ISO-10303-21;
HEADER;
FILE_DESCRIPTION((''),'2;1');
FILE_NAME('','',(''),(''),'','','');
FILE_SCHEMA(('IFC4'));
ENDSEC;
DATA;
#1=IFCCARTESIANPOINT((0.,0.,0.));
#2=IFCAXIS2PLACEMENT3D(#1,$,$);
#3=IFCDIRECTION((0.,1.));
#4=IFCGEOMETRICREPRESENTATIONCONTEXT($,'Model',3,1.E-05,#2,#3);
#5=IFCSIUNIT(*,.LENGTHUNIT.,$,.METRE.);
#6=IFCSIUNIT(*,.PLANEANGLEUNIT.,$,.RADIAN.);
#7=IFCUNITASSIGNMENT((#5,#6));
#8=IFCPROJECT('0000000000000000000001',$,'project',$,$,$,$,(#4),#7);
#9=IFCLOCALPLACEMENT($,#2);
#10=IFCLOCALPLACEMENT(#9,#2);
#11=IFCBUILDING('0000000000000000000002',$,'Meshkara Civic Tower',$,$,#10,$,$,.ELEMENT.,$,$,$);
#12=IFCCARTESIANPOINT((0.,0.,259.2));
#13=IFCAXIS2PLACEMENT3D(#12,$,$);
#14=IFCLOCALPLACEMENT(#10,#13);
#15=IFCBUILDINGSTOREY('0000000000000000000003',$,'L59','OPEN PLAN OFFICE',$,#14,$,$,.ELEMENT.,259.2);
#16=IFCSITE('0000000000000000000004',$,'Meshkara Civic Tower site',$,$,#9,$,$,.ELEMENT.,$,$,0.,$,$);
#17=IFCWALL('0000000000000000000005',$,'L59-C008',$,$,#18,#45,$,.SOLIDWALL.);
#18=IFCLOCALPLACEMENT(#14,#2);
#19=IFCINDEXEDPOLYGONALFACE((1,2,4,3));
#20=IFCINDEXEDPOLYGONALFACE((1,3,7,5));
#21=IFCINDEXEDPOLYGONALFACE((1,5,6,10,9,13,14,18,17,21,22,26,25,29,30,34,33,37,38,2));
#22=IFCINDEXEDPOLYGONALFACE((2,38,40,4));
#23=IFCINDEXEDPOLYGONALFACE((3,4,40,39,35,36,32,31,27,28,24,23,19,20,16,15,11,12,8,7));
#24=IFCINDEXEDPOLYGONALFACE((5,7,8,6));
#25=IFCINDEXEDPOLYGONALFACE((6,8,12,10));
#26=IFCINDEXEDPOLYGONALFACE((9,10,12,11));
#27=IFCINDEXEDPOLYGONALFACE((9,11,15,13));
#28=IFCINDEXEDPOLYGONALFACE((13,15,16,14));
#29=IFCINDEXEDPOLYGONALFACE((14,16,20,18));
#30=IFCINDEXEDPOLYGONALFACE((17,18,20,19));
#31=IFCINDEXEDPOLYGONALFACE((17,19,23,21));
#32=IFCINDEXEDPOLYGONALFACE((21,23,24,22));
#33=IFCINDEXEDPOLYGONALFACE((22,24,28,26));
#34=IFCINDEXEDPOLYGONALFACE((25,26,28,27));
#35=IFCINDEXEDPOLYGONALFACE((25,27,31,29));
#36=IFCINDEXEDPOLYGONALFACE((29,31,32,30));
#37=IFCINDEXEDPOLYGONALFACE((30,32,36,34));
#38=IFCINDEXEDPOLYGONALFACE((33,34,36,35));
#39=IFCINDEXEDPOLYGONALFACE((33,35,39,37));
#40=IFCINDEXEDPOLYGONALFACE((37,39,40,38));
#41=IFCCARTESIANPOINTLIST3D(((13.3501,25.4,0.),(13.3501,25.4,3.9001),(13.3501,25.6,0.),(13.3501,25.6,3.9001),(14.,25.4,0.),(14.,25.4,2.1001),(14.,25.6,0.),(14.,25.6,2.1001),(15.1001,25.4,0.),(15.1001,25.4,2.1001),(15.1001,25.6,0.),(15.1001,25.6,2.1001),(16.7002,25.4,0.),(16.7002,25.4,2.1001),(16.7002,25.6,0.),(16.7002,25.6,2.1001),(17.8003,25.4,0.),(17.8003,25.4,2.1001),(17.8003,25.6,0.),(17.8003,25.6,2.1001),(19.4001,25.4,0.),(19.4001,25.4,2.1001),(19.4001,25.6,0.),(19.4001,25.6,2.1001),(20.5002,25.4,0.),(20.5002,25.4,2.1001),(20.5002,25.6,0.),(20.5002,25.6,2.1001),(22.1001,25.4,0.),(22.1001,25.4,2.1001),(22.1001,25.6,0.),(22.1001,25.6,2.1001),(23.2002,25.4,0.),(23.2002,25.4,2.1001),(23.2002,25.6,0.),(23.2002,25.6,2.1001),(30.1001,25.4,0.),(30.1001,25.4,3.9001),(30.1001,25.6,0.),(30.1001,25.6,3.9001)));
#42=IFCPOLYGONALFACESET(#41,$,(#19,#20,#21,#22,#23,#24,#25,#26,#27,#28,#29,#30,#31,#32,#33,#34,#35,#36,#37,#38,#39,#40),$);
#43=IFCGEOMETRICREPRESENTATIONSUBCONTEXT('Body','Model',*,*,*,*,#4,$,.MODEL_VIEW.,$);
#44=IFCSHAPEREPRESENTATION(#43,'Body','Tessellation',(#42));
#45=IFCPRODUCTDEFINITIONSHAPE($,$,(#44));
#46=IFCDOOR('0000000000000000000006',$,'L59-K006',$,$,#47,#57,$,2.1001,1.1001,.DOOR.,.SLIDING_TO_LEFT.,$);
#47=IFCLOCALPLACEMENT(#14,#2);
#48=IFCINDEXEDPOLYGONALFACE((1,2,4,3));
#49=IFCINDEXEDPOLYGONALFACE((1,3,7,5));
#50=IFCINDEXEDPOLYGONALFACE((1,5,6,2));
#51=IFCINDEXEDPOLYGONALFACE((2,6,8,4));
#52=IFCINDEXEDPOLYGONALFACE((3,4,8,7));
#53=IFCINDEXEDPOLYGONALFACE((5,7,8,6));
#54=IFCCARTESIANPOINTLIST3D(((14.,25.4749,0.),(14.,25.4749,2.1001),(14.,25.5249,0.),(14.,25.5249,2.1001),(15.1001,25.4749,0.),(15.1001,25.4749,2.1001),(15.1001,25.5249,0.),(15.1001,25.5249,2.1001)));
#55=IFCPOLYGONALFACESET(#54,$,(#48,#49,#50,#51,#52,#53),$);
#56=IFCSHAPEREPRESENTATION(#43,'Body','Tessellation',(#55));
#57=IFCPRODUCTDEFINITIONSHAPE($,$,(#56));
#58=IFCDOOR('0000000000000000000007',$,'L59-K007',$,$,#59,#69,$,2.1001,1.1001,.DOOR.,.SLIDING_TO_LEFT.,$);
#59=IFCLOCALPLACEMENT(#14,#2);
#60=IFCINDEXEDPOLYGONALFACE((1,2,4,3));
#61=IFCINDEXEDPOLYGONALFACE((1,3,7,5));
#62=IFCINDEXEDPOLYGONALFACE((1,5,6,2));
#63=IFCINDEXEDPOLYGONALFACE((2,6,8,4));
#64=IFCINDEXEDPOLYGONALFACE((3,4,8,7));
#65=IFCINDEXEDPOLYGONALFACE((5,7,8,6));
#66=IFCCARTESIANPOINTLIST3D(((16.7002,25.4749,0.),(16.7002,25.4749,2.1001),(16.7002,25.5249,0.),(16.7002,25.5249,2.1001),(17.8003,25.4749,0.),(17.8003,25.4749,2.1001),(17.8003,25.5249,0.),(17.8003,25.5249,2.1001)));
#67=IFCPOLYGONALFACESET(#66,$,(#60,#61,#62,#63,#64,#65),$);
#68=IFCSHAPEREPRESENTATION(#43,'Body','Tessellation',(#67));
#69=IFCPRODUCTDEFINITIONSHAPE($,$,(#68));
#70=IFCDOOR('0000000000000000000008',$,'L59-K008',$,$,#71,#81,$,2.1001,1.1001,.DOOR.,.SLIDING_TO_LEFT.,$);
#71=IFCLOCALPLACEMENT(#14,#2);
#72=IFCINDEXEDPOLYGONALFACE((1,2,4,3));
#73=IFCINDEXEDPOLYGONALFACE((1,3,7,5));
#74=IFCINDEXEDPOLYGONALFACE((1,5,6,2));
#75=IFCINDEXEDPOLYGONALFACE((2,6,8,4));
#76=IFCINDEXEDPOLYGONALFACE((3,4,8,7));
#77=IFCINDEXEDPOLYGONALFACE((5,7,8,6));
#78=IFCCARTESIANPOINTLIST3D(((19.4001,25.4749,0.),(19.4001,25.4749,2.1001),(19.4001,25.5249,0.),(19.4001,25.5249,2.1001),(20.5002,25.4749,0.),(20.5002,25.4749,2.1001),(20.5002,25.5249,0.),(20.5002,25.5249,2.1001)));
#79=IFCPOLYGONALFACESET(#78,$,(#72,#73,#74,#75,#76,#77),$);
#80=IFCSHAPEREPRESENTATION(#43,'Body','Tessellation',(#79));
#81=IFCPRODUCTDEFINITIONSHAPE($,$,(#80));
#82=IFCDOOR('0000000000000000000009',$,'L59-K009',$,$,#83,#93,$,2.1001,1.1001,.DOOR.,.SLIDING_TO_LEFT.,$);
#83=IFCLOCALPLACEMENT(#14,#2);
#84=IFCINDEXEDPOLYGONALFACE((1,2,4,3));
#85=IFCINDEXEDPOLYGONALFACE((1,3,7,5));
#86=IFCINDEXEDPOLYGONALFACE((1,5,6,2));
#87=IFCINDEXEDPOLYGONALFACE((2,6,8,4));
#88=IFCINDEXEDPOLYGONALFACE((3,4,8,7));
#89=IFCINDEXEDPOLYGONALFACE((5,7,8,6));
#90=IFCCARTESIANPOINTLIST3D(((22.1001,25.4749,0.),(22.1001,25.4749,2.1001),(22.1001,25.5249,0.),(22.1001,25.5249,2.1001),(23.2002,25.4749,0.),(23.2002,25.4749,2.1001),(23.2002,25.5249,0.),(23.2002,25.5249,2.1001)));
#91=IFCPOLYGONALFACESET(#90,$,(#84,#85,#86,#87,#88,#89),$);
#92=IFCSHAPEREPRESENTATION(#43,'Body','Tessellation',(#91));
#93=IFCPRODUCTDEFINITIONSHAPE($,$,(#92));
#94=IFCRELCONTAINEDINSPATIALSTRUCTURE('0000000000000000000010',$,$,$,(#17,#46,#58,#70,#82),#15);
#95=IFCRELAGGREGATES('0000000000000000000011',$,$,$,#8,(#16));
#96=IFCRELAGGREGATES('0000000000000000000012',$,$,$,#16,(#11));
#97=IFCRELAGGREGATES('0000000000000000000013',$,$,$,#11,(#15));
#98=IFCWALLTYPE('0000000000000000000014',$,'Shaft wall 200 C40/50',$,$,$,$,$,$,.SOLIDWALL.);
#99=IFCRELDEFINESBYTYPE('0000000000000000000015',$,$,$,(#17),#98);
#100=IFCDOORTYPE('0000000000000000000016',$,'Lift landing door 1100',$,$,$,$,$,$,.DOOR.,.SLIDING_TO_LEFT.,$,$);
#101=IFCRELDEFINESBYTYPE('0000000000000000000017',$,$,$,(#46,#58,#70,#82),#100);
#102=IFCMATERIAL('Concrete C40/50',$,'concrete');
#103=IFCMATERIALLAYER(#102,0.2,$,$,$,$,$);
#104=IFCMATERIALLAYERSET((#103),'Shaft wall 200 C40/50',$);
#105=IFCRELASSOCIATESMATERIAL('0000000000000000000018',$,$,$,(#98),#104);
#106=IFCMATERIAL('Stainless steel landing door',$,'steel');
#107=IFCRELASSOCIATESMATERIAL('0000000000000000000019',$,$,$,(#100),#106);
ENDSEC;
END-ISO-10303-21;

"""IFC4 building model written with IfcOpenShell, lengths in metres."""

from ifc_helpers import new_model, si_unit, direction, frame, frame_2d, origin, place, context, subcontext, project, spatial, rectangle, extrude, material, layer, layer_set, type_object, element, fill, save


model = new_model("IFC4")

# Units and contexts
model_context = context("Model", 3, precision=1e-05, world=origin(), true_north=direction((0.0, 1.0)))
body_context = subcontext(model_context, "Body", "Model", "MODEL_VIEW")
ifc_project = project(units=[si_unit("LENGTHUNIT", "METRE"), si_unit("PLANEANGLEUNIT", "RADIAN")], contexts=[model_context])

# Site, building, storey
site_placement = place(None, origin())
site = spatial("IfcSite", under=ifc_project, at=site_placement, Name="Meshkara Civic Tower site", CompositionType="ELEMENT", RefElevation=0.0)
building_placement = place(site_placement, origin())
building = spatial("IfcBuilding", under=site, at=building_placement, Name="Meshkara Civic Tower", CompositionType="ELEMENT")
storey_placement = place(building_placement, frame((0.0, 0.0, 259.2)))
storey = spatial("IfcBuildingStorey", under=building, at=storey_placement, Name="L59", Description="OPEN PLAN OFFICE", CompositionType="ELEMENT", Elevation=259.2)

# Wall, openings, doors
ifc_material_1 = material(Name="Concrete C40/50", Category="concrete")
ifc_layer_1 = layer(ifc_material_1, 0.2)
ifc_layer_set_1 = layer_set([ifc_layer_1], Name="Shaft wall 200 C40/50")
wall_type_1 = type_object("IfcWallType", Name="Shaft wall 200 C40/50", PredefinedType="SOLIDWALL", material=ifc_layer_set_1)
ifc_material_2 = material(Name="Stainless steel landing door", Category="steel")
door_type_1 = type_object("IfcDoorType", Name="Lift landing door 1100", OperationType="SLIDING_TO_LEFT", PredefinedType="DOOR", material=ifc_material_2)
wall_1_placement = place(storey_placement, frame((13.3501, 25.5, 0.0), z_axis=(0.0, 0.0, 1.0), x_axis=(1.0, 0.0, 0.0)))
wall_1 = element("IfcWall", 1, at=wall_1_placement, inside=storey, type_object=wall_type_1, Name="L59-C008", PredefinedType="SOLIDWALL", context=body_context, shape_type="SweptSolid", body=[
    extrude(rectangle(XDim=16.75, YDim=0.2, at=frame_2d((8.375, 0.0))), origin(), (0.0, 0.0, 1.0), 3.9001),
])
opening_1_placement = place(wall_1_placement, frame((0.6499, 0.0, 0.0)))
opening_1 = element("IfcOpeningElement", 2, at=opening_1_placement, cuts=wall_1, PredefinedType="OPENING", context=body_context, shape_type="SweptSolid", body=[
    extrude(rectangle(XDim=1.1001, YDim=2.1001, at=frame_2d((0.55, 1.05))), frame((0.0, 0.1099, 0.0), z_axis=(0.0, -1.0, 0.0), x_axis=(1.0, 0.0, 0.0)), (0.0, 0.0, 1.0), 0.22),
])
opening_2_placement = place(wall_1_placement, frame((3.3501, 0.0, 0.0)))
opening_2 = element("IfcOpeningElement", 3, at=opening_2_placement, cuts=wall_1, PredefinedType="OPENING", context=body_context, shape_type="SweptSolid", body=[
    extrude(rectangle(XDim=1.1001, YDim=2.1001, at=frame_2d((0.55, 1.05))), frame((0.0, 0.1099, 0.0), z_axis=(0.0, -1.0, 0.0), x_axis=(1.0, 0.0, 0.0)), (0.0, 0.0, 1.0), 0.22),
])
opening_3_placement = place(wall_1_placement, frame((6.05, 0.0, 0.0)))
opening_3 = element("IfcOpeningElement", 4, at=opening_3_placement, cuts=wall_1, PredefinedType="OPENING", context=body_context, shape_type="SweptSolid", body=[
    extrude(rectangle(XDim=1.1001, YDim=2.1001, at=frame_2d((0.55, 1.05))), frame((0.0, 0.1099, 0.0), z_axis=(0.0, -1.0, 0.0), x_axis=(1.0, 0.0, 0.0)), (0.0, 0.0, 1.0), 0.22),
])
opening_4_placement = place(wall_1_placement, frame((8.75, 0.0, 0.0)))
opening_4 = element("IfcOpeningElement", 5, at=opening_4_placement, cuts=wall_1, PredefinedType="OPENING", context=body_context, shape_type="SweptSolid", body=[
    extrude(rectangle(XDim=1.1001, YDim=2.1001, at=frame_2d((0.55, 1.05))), frame((0.0, 0.1099, 0.0), z_axis=(0.0, -1.0, 0.0), x_axis=(1.0, 0.0, 0.0)), (0.0, 0.0, 1.0), 0.22),
])
door_1_placement = place(opening_1_placement, origin())
door_1 = element("IfcDoor", 6, at=door_1_placement, inside=storey, type_object=door_type_1, Name="L59-K006", OperationType="SLIDING_TO_LEFT", OverallHeight=2.1001, OverallWidth=1.1001, PredefinedType="DOOR", context=body_context, shape_type="SweptSolid", body=[
    extrude(rectangle(XDim=1.1001, YDim=2.1001, at=frame_2d((0.55, 1.05))), frame((0.0, 0.0249, 0.0), z_axis=(0.0, -1.0, 0.0), x_axis=(1.0, 0.0, 0.0)), (0.0, 0.0, 1.0), 0.05),
])
fill(opening_1, door_1)
door_2_placement = place(opening_2_placement, origin())
door_2 = element("IfcDoor", 7, at=door_2_placement, inside=storey, type_object=door_type_1, Name="L59-K007", OperationType="SLIDING_TO_LEFT", OverallHeight=2.1001, OverallWidth=1.1001, PredefinedType="DOOR", context=body_context, shape_type="SweptSolid", body=[
    extrude(rectangle(XDim=1.1001, YDim=2.1001, at=frame_2d((0.55, 1.05))), frame((0.0, 0.0249, 0.0), z_axis=(0.0, -1.0, 0.0), x_axis=(1.0, 0.0, 0.0)), (0.0, 0.0, 1.0), 0.05),
])
fill(opening_2, door_2)
door_3_placement = place(opening_3_placement, origin())
door_3 = element("IfcDoor", 8, at=door_3_placement, inside=storey, type_object=door_type_1, Name="L59-K008", OperationType="SLIDING_TO_LEFT", OverallHeight=2.1001, OverallWidth=1.1001, PredefinedType="DOOR", context=body_context, shape_type="SweptSolid", body=[
    extrude(rectangle(XDim=1.1001, YDim=2.1001, at=frame_2d((0.55, 1.05))), frame((0.0, 0.0249, 0.0), z_axis=(0.0, -1.0, 0.0), x_axis=(1.0, 0.0, 0.0)), (0.0, 0.0, 1.0), 0.05),
])
fill(opening_3, door_3)
door_4_placement = place(opening_4_placement, origin())
door_4 = element("IfcDoor", 9, at=door_4_placement, inside=storey, type_object=door_type_1, Name="L59-K009", OperationType="SLIDING_TO_LEFT", OverallHeight=2.1001, OverallWidth=1.1001, PredefinedType="DOOR", context=body_context, shape_type="SweptSolid", body=[
    extrude(rectangle(XDim=1.1001, YDim=2.1001, at=frame_2d((0.55, 1.05))), frame((0.0, 0.0249, 0.0), z_axis=(0.0, -1.0, 0.0), x_axis=(1.0, 0.0, 0.0)), (0.0, 0.0, 1.0), 0.05),
])
fill(opening_4, door_4)

save(model, "model.ifc")
